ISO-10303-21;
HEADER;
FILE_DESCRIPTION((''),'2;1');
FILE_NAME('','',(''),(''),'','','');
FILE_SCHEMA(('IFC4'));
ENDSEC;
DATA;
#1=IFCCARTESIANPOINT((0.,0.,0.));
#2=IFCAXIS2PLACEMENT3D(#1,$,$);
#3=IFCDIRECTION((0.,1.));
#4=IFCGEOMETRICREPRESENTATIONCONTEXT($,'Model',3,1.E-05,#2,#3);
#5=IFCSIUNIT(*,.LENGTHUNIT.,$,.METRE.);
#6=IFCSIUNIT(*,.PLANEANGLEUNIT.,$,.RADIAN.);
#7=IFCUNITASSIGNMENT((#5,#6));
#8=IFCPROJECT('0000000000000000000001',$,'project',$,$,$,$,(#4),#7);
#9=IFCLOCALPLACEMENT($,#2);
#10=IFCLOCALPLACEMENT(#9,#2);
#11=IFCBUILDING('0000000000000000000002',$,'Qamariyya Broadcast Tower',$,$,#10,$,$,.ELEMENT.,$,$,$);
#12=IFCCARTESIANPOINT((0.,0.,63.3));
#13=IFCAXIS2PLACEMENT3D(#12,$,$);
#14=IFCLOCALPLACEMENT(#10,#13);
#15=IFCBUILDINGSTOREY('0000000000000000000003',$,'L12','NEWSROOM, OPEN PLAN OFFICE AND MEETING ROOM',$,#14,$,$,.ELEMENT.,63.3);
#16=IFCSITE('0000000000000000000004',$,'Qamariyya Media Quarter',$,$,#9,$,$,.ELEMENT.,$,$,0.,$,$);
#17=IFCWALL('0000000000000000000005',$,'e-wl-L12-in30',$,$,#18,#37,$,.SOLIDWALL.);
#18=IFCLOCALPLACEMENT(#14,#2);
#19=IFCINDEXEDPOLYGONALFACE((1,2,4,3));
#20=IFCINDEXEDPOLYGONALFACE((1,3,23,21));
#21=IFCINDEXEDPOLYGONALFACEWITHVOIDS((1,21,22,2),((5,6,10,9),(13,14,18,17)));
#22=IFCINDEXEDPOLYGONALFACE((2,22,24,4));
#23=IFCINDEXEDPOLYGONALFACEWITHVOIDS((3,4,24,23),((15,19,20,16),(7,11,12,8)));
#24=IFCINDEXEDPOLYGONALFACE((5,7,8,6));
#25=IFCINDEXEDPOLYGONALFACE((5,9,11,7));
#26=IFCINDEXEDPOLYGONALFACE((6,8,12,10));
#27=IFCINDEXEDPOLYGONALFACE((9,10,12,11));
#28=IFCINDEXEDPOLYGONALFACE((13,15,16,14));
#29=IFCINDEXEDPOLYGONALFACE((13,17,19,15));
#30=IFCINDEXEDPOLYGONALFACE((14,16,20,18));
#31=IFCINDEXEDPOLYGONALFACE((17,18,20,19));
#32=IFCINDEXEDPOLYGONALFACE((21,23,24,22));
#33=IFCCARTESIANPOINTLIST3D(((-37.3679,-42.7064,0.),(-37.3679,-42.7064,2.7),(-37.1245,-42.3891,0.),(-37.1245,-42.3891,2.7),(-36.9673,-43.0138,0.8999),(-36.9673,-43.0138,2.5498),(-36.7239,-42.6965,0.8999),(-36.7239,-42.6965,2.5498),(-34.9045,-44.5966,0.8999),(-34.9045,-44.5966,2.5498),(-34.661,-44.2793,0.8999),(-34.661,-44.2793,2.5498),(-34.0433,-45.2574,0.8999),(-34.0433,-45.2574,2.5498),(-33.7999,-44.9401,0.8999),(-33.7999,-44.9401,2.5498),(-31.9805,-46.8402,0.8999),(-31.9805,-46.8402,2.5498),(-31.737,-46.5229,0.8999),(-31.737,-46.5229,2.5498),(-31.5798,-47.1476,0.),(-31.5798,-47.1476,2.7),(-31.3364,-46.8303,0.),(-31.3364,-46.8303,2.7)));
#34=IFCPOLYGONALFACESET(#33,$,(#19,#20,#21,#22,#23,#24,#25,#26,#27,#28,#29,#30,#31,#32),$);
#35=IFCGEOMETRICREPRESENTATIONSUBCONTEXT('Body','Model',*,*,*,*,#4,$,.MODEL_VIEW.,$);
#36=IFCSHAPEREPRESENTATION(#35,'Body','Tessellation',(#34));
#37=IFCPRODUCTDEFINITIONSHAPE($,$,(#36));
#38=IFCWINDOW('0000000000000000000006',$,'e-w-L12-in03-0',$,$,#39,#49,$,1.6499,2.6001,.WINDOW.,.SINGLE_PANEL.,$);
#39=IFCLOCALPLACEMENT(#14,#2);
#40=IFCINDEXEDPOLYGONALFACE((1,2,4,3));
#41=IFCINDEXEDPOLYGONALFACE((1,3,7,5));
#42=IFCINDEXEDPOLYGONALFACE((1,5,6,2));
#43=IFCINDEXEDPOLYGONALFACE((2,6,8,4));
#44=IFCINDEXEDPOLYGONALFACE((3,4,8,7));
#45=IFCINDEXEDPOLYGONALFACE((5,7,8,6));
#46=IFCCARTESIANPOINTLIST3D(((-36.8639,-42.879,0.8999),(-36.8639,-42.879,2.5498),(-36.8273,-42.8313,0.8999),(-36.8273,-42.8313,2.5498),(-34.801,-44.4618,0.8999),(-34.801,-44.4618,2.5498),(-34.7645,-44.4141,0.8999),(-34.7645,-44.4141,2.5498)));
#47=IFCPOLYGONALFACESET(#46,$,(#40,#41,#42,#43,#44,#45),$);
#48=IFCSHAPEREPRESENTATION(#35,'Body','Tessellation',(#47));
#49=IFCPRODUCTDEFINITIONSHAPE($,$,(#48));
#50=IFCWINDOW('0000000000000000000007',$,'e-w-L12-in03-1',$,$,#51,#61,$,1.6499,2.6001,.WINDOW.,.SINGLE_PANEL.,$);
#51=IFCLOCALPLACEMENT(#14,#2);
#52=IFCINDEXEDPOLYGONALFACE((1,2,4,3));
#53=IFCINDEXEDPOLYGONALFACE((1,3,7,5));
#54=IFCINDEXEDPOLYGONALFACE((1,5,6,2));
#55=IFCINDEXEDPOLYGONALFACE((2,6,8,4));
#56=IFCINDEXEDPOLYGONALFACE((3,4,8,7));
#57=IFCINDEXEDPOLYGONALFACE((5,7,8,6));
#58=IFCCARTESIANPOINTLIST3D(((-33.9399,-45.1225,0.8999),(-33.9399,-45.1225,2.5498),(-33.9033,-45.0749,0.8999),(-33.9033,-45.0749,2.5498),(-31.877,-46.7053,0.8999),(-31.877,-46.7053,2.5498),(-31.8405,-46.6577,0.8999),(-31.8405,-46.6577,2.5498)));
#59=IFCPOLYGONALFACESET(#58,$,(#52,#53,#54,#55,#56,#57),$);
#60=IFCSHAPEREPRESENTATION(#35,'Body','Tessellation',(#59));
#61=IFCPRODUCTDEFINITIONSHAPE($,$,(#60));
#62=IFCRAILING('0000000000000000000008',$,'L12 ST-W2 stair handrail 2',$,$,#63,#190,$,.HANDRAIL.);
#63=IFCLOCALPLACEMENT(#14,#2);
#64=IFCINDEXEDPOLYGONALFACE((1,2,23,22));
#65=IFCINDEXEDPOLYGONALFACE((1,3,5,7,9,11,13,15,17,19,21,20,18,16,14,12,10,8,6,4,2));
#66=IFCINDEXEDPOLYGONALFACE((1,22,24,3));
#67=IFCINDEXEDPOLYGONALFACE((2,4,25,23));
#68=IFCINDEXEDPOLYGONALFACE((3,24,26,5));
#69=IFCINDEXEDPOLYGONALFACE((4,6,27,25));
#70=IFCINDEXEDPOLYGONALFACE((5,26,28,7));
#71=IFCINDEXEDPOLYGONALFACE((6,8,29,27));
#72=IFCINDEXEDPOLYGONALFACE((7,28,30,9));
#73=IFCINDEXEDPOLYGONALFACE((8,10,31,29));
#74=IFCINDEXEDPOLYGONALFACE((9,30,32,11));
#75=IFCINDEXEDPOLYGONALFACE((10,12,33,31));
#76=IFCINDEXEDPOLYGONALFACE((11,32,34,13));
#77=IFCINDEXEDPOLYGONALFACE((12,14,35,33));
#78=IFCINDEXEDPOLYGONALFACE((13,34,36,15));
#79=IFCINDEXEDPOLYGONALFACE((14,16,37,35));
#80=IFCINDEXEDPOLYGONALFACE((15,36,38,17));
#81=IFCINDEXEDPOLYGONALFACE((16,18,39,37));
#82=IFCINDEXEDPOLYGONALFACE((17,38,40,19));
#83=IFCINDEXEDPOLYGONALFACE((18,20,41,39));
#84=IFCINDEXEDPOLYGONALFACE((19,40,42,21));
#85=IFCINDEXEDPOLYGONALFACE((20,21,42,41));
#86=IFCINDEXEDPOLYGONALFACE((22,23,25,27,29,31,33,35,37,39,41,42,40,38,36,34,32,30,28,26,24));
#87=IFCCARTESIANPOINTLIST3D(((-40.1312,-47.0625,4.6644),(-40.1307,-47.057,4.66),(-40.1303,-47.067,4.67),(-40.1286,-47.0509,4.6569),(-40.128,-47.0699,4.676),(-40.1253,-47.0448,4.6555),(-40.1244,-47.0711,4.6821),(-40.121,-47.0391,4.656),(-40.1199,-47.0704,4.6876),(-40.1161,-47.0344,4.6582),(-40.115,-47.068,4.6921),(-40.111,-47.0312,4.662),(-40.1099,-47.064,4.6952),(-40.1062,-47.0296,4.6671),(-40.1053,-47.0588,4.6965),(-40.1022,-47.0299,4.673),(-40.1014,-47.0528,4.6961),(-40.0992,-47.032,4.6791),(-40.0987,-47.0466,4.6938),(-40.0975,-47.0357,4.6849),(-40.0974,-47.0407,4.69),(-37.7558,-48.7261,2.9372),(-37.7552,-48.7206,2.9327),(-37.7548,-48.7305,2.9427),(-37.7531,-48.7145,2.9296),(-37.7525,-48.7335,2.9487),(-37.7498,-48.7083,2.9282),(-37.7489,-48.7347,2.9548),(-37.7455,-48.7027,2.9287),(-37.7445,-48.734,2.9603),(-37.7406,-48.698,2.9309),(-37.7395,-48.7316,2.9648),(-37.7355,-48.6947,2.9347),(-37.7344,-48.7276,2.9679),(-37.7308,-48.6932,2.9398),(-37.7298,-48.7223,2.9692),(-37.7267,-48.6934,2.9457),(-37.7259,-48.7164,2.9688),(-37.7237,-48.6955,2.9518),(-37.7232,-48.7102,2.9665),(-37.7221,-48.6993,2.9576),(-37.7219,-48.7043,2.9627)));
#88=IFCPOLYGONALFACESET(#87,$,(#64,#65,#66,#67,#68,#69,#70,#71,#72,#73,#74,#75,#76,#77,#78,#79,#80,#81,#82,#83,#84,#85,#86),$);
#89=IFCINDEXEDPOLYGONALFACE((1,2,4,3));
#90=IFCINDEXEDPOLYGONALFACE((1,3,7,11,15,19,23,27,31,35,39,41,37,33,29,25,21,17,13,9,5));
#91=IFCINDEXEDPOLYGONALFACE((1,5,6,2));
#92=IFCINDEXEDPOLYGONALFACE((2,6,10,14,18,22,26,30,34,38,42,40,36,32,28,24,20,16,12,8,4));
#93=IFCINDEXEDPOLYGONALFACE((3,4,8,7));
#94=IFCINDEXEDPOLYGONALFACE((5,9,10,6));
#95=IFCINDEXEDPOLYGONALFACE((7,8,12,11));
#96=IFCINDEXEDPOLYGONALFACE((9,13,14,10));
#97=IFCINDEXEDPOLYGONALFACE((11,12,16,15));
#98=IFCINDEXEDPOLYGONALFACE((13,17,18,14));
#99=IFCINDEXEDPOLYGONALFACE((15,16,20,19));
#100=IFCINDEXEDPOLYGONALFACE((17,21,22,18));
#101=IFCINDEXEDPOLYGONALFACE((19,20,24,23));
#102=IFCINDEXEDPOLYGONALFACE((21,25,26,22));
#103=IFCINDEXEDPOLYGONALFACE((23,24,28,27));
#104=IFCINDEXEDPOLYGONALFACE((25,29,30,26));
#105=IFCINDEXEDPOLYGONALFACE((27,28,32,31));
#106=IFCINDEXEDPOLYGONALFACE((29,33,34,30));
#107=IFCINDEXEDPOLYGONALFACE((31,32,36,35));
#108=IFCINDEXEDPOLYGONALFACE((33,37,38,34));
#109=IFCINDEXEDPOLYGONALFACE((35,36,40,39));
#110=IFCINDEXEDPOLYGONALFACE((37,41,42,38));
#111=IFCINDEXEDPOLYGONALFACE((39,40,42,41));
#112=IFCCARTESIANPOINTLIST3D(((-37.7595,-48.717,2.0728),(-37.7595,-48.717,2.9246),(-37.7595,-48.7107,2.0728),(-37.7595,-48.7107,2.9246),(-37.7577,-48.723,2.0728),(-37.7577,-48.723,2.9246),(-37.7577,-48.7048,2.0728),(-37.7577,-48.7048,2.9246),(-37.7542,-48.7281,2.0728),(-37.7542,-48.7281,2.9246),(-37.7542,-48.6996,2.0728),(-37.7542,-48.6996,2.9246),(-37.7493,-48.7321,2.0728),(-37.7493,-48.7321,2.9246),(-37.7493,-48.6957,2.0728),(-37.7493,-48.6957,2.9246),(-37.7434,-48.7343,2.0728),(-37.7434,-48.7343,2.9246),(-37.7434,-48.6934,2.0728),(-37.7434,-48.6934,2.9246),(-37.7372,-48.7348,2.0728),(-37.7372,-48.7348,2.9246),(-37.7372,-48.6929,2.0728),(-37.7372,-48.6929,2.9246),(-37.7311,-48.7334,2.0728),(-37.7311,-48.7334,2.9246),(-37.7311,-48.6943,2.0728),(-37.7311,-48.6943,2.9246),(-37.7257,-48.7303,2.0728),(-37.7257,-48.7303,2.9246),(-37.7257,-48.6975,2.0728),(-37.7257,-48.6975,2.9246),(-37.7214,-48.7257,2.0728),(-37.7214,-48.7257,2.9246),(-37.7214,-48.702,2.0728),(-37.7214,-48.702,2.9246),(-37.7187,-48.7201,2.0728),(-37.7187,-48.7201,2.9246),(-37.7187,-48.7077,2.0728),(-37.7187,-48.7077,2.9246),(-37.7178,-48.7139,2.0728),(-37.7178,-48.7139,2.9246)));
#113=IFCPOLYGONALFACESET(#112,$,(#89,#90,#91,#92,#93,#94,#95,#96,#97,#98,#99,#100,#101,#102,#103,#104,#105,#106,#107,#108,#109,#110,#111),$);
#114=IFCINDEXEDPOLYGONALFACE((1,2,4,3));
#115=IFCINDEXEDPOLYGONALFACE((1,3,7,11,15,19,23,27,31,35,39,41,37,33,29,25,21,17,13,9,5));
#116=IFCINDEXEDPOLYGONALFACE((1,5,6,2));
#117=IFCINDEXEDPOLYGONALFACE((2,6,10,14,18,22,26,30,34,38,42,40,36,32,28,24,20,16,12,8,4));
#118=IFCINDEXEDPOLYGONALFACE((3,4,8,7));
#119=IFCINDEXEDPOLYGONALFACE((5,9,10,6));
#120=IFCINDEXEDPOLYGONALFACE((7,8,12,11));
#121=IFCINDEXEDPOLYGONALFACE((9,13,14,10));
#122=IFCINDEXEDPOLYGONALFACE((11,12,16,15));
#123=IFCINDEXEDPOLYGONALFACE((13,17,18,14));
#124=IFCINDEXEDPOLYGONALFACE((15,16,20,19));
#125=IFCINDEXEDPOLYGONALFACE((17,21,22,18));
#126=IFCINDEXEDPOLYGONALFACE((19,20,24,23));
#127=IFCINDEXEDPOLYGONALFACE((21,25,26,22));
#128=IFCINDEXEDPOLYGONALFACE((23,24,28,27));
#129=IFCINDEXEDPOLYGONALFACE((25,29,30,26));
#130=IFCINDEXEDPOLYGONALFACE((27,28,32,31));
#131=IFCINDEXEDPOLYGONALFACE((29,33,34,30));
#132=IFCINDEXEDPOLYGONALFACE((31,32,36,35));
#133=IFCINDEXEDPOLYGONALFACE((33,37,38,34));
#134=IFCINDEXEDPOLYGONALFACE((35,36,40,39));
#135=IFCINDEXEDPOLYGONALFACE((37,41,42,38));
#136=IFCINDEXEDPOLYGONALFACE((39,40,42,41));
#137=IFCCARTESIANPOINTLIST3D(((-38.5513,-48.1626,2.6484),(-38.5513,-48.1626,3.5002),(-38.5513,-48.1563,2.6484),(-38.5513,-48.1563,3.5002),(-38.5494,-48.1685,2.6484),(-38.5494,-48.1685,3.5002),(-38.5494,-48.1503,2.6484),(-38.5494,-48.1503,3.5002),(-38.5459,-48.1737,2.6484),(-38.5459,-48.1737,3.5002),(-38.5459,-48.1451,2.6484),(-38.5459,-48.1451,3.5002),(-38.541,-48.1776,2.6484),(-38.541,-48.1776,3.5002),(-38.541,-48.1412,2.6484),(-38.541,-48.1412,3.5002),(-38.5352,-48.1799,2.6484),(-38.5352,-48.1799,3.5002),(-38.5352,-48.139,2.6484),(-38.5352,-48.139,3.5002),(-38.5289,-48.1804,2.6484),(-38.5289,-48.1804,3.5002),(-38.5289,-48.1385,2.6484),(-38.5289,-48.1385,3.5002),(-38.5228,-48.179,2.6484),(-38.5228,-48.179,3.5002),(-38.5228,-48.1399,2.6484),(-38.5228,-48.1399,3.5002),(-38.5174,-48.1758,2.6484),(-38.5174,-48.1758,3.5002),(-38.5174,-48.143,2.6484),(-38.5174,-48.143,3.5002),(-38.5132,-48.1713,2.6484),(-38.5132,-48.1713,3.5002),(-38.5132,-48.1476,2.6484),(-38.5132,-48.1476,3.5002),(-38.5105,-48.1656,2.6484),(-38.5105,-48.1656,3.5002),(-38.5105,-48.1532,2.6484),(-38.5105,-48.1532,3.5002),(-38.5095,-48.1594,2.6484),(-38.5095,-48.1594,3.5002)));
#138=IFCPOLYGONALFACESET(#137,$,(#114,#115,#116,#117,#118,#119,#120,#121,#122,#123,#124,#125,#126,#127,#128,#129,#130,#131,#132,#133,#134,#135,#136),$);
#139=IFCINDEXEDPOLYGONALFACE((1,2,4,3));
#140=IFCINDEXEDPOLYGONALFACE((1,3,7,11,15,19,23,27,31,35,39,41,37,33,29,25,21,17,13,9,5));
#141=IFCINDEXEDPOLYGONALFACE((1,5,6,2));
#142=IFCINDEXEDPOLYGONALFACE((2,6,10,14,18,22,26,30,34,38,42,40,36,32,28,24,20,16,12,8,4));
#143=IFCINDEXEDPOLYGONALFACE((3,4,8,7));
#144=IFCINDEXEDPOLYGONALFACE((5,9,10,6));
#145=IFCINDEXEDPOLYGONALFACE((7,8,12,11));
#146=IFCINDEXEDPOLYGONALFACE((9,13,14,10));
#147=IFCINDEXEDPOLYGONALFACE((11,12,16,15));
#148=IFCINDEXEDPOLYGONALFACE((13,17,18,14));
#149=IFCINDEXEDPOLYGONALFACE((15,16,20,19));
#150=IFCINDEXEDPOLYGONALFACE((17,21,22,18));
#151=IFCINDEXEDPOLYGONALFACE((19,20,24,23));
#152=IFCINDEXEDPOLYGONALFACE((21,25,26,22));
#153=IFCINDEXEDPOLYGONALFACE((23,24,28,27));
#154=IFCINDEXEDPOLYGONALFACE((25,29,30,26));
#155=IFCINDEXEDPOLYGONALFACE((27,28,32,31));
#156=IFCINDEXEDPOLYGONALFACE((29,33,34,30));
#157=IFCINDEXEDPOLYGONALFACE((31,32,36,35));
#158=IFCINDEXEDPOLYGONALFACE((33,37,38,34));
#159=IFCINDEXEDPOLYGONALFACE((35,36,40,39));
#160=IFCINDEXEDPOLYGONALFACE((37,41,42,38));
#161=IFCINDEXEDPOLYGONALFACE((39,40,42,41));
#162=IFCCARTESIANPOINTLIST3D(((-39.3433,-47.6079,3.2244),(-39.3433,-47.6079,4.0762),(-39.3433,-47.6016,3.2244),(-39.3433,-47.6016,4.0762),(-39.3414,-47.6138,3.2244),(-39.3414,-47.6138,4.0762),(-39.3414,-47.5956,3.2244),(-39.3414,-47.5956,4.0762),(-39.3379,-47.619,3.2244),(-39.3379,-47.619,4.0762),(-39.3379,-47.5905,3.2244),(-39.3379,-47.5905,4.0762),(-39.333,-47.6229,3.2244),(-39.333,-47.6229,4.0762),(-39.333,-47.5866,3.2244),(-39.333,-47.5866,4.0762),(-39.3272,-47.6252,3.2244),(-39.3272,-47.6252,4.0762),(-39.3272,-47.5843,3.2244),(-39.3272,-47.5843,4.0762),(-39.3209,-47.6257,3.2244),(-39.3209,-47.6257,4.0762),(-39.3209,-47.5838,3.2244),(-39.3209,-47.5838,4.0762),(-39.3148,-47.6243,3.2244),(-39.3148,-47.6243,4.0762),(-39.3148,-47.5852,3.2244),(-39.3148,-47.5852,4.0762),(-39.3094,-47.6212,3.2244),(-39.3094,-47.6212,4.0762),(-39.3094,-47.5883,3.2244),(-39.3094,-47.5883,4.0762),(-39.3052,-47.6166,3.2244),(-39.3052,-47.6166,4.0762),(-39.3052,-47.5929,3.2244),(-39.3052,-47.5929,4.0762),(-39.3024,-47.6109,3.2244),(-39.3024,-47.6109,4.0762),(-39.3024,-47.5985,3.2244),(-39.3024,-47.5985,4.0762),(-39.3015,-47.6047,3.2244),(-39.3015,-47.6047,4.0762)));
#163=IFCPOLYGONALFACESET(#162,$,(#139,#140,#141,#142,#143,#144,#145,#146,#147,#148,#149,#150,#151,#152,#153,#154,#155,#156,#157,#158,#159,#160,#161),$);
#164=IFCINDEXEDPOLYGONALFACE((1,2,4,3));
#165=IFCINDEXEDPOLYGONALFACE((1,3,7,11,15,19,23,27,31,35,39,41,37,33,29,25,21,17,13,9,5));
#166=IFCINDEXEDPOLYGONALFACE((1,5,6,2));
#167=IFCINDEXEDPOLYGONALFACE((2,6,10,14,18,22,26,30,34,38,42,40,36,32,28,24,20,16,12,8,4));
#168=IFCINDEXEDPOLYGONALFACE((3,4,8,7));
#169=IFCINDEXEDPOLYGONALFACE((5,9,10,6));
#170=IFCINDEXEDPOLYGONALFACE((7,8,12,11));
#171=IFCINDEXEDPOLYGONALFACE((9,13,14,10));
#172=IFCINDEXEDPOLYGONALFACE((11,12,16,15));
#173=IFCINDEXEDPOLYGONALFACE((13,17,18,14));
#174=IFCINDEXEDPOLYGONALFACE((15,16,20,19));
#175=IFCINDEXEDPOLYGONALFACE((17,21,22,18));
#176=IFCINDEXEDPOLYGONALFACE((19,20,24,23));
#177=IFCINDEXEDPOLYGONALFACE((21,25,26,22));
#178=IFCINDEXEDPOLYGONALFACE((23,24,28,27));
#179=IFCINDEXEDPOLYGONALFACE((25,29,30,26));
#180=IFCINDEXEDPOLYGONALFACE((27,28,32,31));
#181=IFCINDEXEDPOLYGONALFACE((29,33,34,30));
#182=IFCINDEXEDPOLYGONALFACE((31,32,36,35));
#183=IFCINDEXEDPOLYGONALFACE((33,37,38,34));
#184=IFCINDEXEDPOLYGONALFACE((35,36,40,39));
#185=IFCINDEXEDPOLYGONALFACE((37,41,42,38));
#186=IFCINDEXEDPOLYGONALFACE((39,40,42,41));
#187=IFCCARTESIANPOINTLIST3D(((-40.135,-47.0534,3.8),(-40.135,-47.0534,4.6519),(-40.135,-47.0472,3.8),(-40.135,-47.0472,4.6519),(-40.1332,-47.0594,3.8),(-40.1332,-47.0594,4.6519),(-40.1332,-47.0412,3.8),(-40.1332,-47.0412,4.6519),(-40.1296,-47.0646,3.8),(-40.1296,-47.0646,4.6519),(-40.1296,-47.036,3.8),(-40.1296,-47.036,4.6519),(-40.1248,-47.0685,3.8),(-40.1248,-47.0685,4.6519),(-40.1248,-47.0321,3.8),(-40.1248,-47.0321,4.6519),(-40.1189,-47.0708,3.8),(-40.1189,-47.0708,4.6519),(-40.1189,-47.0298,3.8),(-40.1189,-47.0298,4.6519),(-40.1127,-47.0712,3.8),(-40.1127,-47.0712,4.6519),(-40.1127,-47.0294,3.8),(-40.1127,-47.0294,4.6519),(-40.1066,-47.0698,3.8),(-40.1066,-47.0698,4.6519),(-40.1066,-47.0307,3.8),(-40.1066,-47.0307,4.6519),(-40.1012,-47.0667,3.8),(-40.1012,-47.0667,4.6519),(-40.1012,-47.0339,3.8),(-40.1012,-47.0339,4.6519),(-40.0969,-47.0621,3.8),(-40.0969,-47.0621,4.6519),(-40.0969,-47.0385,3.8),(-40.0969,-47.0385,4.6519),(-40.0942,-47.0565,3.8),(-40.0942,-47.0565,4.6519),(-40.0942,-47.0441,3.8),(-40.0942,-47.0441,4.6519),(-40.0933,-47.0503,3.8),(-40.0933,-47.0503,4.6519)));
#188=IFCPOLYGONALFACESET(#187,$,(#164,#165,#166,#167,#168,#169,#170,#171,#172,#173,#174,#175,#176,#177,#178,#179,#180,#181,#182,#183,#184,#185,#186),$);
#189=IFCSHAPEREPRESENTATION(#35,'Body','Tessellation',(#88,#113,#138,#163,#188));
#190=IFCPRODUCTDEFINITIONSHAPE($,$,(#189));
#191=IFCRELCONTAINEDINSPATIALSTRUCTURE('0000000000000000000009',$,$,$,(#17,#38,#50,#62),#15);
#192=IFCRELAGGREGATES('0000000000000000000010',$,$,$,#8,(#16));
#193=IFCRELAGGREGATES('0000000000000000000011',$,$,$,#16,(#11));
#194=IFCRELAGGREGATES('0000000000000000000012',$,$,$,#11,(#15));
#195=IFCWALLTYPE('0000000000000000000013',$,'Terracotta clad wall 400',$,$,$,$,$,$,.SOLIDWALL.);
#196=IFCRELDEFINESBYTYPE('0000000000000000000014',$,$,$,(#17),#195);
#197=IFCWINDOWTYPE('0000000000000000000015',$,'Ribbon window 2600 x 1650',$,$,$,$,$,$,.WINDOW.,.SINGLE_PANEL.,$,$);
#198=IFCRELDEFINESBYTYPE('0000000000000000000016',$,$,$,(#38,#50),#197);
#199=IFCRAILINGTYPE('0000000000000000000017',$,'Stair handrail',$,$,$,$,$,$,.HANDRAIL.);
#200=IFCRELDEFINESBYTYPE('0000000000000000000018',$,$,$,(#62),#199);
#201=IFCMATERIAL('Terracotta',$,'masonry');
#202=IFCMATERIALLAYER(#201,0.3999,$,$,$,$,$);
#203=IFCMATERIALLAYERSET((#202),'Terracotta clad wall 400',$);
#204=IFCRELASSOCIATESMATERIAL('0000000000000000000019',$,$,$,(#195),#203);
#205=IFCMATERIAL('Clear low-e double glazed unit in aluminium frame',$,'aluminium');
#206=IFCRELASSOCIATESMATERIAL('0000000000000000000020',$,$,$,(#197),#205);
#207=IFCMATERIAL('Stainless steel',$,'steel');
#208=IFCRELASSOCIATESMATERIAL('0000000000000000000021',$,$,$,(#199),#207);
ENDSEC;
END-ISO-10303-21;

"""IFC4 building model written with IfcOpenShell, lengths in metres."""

from ifc_helpers import new_model, si_unit, direction, frame, frame_2d, origin, origin_2d, place, context, subcontext, project, spatial, rectangle, circle, extrude, material, layer, layer_set, type_object, element, fill, save


model = new_model("IFC4")

# Units and contexts
model_context = context("Model", 3, precision=1e-05, world=origin(), true_north=direction((0.0, 1.0)))
body_context = subcontext(model_context, "Body", "Model", "MODEL_VIEW")
ifc_project = project(units=[si_unit("LENGTHUNIT", "METRE"), si_unit("PLANEANGLEUNIT", "RADIAN")], contexts=[model_context])

# Site, building, storey
site_placement = place(None, origin())
site = spatial("IfcSite", under=ifc_project, at=site_placement, Name="Qamariyya Media Quarter", CompositionType="ELEMENT", RefElevation=0.0)
building_placement = place(site_placement, origin())
building = spatial("IfcBuilding", under=site, at=building_placement, Name="Qamariyya Broadcast Tower", CompositionType="ELEMENT")
storey_placement = place(building_placement, frame((0.0, 0.0, 63.3)))
storey = spatial("IfcBuildingStorey", under=building, at=storey_placement, Name="L12", Description="NEWSROOM, OPEN PLAN OFFICE AND MEETING ROOM", CompositionType="ELEMENT", Elevation=63.3)

# Wall, openings, windows
ifc_material_1 = material(Name="Terracotta", Category="masonry")
ifc_layer_1 = layer(ifc_material_1, 0.3999)
ifc_layer_set_1 = layer_set([ifc_layer_1], Name="Terracotta clad wall 400")
wall_type = type_object("IfcWallType", Name="Terracotta clad wall 400", PredefinedType="SOLIDWALL", material=ifc_layer_set_1)
ifc_material_2 = material(Name="Clear low-e double glazed unit in aluminium frame", Category="aluminium")
window_type = type_object("IfcWindowType", Name="Ribbon window 2600 x 1650", PartitioningType="SINGLE_PANEL", PredefinedType="WINDOW", material=ifc_material_2)
wall_1_placement = place(storey_placement, frame((-31.458, -46.989, 0.0), z_axis=(0.0, 0.0, 1.0), x_axis=(-0.793366, 0.608745, 0.0)))
wall_1 = element("IfcWall", 1, at=wall_1_placement, inside=storey, type_object=wall_type, Name="e-wl-L12-in30", PredefinedType="SOLIDWALL", context=body_context, shape_type="SweptSolid", body=[
    extrude(rectangle(XDim=7.2957, YDim=0.3999, at=frame_2d((3.6479, 0.0))), origin(), (0.0, 0.0, 1.0), 2.7),
])
opening_1_placement = place(wall_1_placement, frame((4.1907, 0.0, 0.8999)))
opening_1 = element("IfcOpeningElement", 2, at=opening_1_placement, cuts=wall_1, PredefinedType="OPENING", context=body_context, shape_type="SweptSolid", body=[
    extrude(rectangle(XDim=2.6001, YDim=1.6499, at=frame_2d((1.3, 0.825))), frame((0.0, 0.21, 0.0), z_axis=(0.0, -1.0, 0.0), x_axis=(1.0, 0.0, 0.0)), (0.0, 0.0, 1.0), 0.4199),
])
opening_2_placement = place(wall_1_placement, frame((0.5051, 0.0, 0.8999)))
opening_2 = element("IfcOpeningElement", 3, at=opening_2_placement, cuts=wall_1, PredefinedType="OPENING", context=body_context, shape_type="SweptSolid", body=[
    extrude(rectangle(XDim=2.6001, YDim=1.6499, at=frame_2d((1.3, 0.825))), frame((0.0, 0.21, 0.0), z_axis=(0.0, -1.0, 0.0), x_axis=(1.0, 0.0, 0.0)), (0.0, 0.0, 1.0), 0.4199),
])
window_1_placement = place(opening_1_placement, origin())
window_1 = element("IfcWindow", 4, at=window_1_placement, inside=storey, type_object=window_type, Name="e-w-L12-in03-0", OverallHeight=1.6499, OverallWidth=2.6001, PartitioningType="SINGLE_PANEL", PredefinedType="WINDOW", context=body_context, shape_type="SweptSolid", body=[
    extrude(rectangle(XDim=2.6001, YDim=1.6499, at=frame_2d((1.3, 0.825))), frame((0.0, 0.03, 0.0), z_axis=(0.0, -1.0, 0.0), x_axis=(1.0, 0.0, 0.0)), (0.0, 0.0, 1.0), 0.0601),
])
fill(opening_1, window_1)
window_2_placement = place(opening_2_placement, origin())
window_2 = element("IfcWindow", 5, at=window_2_placement, inside=storey, type_object=window_type, Name="e-w-L12-in03-1", OverallHeight=1.6499, OverallWidth=2.6001, PartitioningType="SINGLE_PANEL", PredefinedType="WINDOW", context=body_context, shape_type="SweptSolid", body=[
    extrude(rectangle(XDim=2.6001, YDim=1.6499, at=frame_2d((1.3, 0.825))), frame((0.0, 0.03, 0.0), z_axis=(0.0, -1.0, 0.0), x_axis=(1.0, 0.0, 0.0)), (0.0, 0.0, 1.0), 0.0601),
])
fill(opening_2, window_2)

# Railing
ifc_material_3 = material(Name="Stainless steel", Category="steel")
railing_type = type_object("IfcRailingType", Name="Stair handrail", PredefinedType="HANDRAIL", material=ifc_material_3)
railing_placement = place(storey_placement, frame((-37.7388, -48.7139, 2.0728)))
element("IfcRailing", 6, at=railing_placement, inside=storey, type_object=railing_type, Name="L12 ST-W2 stair handrail 2", PredefinedType="HANDRAIL", context=body_context, shape_type="SweptSolid", body=[
    extrude(circle(Radius=0.0239, at=origin_2d()), frame((0.0, 0.0, 0.876), z_axis=(-0.703745, 0.492838, 0.511716), x_axis=(-0.573632, -0.819113, 0.0)), (0.0, 0.0, 1.0), 3.3755),
    extrude(circle(Radius=0.021, at=origin_2d()), origin(), (0.0, 0.0, 1.0), 0.8518),
    extrude(circle(Radius=0.021, at=origin_2d()), frame((-0.7917, 0.5544, 0.5757)), (0.0, 0.0, 1.0), 0.8518),
    extrude(circle(Radius=0.021, at=origin_2d()), frame((-1.5837, 1.1091, 1.1516)), (0.0, 0.0, 1.0), 0.8518),
    extrude(circle(Radius=0.021, at=origin_2d()), frame((-2.3755, 1.6636, 1.7273)), (0.0, 0.0, 1.0), 0.8518),
])

save(model, "model.ifc")
